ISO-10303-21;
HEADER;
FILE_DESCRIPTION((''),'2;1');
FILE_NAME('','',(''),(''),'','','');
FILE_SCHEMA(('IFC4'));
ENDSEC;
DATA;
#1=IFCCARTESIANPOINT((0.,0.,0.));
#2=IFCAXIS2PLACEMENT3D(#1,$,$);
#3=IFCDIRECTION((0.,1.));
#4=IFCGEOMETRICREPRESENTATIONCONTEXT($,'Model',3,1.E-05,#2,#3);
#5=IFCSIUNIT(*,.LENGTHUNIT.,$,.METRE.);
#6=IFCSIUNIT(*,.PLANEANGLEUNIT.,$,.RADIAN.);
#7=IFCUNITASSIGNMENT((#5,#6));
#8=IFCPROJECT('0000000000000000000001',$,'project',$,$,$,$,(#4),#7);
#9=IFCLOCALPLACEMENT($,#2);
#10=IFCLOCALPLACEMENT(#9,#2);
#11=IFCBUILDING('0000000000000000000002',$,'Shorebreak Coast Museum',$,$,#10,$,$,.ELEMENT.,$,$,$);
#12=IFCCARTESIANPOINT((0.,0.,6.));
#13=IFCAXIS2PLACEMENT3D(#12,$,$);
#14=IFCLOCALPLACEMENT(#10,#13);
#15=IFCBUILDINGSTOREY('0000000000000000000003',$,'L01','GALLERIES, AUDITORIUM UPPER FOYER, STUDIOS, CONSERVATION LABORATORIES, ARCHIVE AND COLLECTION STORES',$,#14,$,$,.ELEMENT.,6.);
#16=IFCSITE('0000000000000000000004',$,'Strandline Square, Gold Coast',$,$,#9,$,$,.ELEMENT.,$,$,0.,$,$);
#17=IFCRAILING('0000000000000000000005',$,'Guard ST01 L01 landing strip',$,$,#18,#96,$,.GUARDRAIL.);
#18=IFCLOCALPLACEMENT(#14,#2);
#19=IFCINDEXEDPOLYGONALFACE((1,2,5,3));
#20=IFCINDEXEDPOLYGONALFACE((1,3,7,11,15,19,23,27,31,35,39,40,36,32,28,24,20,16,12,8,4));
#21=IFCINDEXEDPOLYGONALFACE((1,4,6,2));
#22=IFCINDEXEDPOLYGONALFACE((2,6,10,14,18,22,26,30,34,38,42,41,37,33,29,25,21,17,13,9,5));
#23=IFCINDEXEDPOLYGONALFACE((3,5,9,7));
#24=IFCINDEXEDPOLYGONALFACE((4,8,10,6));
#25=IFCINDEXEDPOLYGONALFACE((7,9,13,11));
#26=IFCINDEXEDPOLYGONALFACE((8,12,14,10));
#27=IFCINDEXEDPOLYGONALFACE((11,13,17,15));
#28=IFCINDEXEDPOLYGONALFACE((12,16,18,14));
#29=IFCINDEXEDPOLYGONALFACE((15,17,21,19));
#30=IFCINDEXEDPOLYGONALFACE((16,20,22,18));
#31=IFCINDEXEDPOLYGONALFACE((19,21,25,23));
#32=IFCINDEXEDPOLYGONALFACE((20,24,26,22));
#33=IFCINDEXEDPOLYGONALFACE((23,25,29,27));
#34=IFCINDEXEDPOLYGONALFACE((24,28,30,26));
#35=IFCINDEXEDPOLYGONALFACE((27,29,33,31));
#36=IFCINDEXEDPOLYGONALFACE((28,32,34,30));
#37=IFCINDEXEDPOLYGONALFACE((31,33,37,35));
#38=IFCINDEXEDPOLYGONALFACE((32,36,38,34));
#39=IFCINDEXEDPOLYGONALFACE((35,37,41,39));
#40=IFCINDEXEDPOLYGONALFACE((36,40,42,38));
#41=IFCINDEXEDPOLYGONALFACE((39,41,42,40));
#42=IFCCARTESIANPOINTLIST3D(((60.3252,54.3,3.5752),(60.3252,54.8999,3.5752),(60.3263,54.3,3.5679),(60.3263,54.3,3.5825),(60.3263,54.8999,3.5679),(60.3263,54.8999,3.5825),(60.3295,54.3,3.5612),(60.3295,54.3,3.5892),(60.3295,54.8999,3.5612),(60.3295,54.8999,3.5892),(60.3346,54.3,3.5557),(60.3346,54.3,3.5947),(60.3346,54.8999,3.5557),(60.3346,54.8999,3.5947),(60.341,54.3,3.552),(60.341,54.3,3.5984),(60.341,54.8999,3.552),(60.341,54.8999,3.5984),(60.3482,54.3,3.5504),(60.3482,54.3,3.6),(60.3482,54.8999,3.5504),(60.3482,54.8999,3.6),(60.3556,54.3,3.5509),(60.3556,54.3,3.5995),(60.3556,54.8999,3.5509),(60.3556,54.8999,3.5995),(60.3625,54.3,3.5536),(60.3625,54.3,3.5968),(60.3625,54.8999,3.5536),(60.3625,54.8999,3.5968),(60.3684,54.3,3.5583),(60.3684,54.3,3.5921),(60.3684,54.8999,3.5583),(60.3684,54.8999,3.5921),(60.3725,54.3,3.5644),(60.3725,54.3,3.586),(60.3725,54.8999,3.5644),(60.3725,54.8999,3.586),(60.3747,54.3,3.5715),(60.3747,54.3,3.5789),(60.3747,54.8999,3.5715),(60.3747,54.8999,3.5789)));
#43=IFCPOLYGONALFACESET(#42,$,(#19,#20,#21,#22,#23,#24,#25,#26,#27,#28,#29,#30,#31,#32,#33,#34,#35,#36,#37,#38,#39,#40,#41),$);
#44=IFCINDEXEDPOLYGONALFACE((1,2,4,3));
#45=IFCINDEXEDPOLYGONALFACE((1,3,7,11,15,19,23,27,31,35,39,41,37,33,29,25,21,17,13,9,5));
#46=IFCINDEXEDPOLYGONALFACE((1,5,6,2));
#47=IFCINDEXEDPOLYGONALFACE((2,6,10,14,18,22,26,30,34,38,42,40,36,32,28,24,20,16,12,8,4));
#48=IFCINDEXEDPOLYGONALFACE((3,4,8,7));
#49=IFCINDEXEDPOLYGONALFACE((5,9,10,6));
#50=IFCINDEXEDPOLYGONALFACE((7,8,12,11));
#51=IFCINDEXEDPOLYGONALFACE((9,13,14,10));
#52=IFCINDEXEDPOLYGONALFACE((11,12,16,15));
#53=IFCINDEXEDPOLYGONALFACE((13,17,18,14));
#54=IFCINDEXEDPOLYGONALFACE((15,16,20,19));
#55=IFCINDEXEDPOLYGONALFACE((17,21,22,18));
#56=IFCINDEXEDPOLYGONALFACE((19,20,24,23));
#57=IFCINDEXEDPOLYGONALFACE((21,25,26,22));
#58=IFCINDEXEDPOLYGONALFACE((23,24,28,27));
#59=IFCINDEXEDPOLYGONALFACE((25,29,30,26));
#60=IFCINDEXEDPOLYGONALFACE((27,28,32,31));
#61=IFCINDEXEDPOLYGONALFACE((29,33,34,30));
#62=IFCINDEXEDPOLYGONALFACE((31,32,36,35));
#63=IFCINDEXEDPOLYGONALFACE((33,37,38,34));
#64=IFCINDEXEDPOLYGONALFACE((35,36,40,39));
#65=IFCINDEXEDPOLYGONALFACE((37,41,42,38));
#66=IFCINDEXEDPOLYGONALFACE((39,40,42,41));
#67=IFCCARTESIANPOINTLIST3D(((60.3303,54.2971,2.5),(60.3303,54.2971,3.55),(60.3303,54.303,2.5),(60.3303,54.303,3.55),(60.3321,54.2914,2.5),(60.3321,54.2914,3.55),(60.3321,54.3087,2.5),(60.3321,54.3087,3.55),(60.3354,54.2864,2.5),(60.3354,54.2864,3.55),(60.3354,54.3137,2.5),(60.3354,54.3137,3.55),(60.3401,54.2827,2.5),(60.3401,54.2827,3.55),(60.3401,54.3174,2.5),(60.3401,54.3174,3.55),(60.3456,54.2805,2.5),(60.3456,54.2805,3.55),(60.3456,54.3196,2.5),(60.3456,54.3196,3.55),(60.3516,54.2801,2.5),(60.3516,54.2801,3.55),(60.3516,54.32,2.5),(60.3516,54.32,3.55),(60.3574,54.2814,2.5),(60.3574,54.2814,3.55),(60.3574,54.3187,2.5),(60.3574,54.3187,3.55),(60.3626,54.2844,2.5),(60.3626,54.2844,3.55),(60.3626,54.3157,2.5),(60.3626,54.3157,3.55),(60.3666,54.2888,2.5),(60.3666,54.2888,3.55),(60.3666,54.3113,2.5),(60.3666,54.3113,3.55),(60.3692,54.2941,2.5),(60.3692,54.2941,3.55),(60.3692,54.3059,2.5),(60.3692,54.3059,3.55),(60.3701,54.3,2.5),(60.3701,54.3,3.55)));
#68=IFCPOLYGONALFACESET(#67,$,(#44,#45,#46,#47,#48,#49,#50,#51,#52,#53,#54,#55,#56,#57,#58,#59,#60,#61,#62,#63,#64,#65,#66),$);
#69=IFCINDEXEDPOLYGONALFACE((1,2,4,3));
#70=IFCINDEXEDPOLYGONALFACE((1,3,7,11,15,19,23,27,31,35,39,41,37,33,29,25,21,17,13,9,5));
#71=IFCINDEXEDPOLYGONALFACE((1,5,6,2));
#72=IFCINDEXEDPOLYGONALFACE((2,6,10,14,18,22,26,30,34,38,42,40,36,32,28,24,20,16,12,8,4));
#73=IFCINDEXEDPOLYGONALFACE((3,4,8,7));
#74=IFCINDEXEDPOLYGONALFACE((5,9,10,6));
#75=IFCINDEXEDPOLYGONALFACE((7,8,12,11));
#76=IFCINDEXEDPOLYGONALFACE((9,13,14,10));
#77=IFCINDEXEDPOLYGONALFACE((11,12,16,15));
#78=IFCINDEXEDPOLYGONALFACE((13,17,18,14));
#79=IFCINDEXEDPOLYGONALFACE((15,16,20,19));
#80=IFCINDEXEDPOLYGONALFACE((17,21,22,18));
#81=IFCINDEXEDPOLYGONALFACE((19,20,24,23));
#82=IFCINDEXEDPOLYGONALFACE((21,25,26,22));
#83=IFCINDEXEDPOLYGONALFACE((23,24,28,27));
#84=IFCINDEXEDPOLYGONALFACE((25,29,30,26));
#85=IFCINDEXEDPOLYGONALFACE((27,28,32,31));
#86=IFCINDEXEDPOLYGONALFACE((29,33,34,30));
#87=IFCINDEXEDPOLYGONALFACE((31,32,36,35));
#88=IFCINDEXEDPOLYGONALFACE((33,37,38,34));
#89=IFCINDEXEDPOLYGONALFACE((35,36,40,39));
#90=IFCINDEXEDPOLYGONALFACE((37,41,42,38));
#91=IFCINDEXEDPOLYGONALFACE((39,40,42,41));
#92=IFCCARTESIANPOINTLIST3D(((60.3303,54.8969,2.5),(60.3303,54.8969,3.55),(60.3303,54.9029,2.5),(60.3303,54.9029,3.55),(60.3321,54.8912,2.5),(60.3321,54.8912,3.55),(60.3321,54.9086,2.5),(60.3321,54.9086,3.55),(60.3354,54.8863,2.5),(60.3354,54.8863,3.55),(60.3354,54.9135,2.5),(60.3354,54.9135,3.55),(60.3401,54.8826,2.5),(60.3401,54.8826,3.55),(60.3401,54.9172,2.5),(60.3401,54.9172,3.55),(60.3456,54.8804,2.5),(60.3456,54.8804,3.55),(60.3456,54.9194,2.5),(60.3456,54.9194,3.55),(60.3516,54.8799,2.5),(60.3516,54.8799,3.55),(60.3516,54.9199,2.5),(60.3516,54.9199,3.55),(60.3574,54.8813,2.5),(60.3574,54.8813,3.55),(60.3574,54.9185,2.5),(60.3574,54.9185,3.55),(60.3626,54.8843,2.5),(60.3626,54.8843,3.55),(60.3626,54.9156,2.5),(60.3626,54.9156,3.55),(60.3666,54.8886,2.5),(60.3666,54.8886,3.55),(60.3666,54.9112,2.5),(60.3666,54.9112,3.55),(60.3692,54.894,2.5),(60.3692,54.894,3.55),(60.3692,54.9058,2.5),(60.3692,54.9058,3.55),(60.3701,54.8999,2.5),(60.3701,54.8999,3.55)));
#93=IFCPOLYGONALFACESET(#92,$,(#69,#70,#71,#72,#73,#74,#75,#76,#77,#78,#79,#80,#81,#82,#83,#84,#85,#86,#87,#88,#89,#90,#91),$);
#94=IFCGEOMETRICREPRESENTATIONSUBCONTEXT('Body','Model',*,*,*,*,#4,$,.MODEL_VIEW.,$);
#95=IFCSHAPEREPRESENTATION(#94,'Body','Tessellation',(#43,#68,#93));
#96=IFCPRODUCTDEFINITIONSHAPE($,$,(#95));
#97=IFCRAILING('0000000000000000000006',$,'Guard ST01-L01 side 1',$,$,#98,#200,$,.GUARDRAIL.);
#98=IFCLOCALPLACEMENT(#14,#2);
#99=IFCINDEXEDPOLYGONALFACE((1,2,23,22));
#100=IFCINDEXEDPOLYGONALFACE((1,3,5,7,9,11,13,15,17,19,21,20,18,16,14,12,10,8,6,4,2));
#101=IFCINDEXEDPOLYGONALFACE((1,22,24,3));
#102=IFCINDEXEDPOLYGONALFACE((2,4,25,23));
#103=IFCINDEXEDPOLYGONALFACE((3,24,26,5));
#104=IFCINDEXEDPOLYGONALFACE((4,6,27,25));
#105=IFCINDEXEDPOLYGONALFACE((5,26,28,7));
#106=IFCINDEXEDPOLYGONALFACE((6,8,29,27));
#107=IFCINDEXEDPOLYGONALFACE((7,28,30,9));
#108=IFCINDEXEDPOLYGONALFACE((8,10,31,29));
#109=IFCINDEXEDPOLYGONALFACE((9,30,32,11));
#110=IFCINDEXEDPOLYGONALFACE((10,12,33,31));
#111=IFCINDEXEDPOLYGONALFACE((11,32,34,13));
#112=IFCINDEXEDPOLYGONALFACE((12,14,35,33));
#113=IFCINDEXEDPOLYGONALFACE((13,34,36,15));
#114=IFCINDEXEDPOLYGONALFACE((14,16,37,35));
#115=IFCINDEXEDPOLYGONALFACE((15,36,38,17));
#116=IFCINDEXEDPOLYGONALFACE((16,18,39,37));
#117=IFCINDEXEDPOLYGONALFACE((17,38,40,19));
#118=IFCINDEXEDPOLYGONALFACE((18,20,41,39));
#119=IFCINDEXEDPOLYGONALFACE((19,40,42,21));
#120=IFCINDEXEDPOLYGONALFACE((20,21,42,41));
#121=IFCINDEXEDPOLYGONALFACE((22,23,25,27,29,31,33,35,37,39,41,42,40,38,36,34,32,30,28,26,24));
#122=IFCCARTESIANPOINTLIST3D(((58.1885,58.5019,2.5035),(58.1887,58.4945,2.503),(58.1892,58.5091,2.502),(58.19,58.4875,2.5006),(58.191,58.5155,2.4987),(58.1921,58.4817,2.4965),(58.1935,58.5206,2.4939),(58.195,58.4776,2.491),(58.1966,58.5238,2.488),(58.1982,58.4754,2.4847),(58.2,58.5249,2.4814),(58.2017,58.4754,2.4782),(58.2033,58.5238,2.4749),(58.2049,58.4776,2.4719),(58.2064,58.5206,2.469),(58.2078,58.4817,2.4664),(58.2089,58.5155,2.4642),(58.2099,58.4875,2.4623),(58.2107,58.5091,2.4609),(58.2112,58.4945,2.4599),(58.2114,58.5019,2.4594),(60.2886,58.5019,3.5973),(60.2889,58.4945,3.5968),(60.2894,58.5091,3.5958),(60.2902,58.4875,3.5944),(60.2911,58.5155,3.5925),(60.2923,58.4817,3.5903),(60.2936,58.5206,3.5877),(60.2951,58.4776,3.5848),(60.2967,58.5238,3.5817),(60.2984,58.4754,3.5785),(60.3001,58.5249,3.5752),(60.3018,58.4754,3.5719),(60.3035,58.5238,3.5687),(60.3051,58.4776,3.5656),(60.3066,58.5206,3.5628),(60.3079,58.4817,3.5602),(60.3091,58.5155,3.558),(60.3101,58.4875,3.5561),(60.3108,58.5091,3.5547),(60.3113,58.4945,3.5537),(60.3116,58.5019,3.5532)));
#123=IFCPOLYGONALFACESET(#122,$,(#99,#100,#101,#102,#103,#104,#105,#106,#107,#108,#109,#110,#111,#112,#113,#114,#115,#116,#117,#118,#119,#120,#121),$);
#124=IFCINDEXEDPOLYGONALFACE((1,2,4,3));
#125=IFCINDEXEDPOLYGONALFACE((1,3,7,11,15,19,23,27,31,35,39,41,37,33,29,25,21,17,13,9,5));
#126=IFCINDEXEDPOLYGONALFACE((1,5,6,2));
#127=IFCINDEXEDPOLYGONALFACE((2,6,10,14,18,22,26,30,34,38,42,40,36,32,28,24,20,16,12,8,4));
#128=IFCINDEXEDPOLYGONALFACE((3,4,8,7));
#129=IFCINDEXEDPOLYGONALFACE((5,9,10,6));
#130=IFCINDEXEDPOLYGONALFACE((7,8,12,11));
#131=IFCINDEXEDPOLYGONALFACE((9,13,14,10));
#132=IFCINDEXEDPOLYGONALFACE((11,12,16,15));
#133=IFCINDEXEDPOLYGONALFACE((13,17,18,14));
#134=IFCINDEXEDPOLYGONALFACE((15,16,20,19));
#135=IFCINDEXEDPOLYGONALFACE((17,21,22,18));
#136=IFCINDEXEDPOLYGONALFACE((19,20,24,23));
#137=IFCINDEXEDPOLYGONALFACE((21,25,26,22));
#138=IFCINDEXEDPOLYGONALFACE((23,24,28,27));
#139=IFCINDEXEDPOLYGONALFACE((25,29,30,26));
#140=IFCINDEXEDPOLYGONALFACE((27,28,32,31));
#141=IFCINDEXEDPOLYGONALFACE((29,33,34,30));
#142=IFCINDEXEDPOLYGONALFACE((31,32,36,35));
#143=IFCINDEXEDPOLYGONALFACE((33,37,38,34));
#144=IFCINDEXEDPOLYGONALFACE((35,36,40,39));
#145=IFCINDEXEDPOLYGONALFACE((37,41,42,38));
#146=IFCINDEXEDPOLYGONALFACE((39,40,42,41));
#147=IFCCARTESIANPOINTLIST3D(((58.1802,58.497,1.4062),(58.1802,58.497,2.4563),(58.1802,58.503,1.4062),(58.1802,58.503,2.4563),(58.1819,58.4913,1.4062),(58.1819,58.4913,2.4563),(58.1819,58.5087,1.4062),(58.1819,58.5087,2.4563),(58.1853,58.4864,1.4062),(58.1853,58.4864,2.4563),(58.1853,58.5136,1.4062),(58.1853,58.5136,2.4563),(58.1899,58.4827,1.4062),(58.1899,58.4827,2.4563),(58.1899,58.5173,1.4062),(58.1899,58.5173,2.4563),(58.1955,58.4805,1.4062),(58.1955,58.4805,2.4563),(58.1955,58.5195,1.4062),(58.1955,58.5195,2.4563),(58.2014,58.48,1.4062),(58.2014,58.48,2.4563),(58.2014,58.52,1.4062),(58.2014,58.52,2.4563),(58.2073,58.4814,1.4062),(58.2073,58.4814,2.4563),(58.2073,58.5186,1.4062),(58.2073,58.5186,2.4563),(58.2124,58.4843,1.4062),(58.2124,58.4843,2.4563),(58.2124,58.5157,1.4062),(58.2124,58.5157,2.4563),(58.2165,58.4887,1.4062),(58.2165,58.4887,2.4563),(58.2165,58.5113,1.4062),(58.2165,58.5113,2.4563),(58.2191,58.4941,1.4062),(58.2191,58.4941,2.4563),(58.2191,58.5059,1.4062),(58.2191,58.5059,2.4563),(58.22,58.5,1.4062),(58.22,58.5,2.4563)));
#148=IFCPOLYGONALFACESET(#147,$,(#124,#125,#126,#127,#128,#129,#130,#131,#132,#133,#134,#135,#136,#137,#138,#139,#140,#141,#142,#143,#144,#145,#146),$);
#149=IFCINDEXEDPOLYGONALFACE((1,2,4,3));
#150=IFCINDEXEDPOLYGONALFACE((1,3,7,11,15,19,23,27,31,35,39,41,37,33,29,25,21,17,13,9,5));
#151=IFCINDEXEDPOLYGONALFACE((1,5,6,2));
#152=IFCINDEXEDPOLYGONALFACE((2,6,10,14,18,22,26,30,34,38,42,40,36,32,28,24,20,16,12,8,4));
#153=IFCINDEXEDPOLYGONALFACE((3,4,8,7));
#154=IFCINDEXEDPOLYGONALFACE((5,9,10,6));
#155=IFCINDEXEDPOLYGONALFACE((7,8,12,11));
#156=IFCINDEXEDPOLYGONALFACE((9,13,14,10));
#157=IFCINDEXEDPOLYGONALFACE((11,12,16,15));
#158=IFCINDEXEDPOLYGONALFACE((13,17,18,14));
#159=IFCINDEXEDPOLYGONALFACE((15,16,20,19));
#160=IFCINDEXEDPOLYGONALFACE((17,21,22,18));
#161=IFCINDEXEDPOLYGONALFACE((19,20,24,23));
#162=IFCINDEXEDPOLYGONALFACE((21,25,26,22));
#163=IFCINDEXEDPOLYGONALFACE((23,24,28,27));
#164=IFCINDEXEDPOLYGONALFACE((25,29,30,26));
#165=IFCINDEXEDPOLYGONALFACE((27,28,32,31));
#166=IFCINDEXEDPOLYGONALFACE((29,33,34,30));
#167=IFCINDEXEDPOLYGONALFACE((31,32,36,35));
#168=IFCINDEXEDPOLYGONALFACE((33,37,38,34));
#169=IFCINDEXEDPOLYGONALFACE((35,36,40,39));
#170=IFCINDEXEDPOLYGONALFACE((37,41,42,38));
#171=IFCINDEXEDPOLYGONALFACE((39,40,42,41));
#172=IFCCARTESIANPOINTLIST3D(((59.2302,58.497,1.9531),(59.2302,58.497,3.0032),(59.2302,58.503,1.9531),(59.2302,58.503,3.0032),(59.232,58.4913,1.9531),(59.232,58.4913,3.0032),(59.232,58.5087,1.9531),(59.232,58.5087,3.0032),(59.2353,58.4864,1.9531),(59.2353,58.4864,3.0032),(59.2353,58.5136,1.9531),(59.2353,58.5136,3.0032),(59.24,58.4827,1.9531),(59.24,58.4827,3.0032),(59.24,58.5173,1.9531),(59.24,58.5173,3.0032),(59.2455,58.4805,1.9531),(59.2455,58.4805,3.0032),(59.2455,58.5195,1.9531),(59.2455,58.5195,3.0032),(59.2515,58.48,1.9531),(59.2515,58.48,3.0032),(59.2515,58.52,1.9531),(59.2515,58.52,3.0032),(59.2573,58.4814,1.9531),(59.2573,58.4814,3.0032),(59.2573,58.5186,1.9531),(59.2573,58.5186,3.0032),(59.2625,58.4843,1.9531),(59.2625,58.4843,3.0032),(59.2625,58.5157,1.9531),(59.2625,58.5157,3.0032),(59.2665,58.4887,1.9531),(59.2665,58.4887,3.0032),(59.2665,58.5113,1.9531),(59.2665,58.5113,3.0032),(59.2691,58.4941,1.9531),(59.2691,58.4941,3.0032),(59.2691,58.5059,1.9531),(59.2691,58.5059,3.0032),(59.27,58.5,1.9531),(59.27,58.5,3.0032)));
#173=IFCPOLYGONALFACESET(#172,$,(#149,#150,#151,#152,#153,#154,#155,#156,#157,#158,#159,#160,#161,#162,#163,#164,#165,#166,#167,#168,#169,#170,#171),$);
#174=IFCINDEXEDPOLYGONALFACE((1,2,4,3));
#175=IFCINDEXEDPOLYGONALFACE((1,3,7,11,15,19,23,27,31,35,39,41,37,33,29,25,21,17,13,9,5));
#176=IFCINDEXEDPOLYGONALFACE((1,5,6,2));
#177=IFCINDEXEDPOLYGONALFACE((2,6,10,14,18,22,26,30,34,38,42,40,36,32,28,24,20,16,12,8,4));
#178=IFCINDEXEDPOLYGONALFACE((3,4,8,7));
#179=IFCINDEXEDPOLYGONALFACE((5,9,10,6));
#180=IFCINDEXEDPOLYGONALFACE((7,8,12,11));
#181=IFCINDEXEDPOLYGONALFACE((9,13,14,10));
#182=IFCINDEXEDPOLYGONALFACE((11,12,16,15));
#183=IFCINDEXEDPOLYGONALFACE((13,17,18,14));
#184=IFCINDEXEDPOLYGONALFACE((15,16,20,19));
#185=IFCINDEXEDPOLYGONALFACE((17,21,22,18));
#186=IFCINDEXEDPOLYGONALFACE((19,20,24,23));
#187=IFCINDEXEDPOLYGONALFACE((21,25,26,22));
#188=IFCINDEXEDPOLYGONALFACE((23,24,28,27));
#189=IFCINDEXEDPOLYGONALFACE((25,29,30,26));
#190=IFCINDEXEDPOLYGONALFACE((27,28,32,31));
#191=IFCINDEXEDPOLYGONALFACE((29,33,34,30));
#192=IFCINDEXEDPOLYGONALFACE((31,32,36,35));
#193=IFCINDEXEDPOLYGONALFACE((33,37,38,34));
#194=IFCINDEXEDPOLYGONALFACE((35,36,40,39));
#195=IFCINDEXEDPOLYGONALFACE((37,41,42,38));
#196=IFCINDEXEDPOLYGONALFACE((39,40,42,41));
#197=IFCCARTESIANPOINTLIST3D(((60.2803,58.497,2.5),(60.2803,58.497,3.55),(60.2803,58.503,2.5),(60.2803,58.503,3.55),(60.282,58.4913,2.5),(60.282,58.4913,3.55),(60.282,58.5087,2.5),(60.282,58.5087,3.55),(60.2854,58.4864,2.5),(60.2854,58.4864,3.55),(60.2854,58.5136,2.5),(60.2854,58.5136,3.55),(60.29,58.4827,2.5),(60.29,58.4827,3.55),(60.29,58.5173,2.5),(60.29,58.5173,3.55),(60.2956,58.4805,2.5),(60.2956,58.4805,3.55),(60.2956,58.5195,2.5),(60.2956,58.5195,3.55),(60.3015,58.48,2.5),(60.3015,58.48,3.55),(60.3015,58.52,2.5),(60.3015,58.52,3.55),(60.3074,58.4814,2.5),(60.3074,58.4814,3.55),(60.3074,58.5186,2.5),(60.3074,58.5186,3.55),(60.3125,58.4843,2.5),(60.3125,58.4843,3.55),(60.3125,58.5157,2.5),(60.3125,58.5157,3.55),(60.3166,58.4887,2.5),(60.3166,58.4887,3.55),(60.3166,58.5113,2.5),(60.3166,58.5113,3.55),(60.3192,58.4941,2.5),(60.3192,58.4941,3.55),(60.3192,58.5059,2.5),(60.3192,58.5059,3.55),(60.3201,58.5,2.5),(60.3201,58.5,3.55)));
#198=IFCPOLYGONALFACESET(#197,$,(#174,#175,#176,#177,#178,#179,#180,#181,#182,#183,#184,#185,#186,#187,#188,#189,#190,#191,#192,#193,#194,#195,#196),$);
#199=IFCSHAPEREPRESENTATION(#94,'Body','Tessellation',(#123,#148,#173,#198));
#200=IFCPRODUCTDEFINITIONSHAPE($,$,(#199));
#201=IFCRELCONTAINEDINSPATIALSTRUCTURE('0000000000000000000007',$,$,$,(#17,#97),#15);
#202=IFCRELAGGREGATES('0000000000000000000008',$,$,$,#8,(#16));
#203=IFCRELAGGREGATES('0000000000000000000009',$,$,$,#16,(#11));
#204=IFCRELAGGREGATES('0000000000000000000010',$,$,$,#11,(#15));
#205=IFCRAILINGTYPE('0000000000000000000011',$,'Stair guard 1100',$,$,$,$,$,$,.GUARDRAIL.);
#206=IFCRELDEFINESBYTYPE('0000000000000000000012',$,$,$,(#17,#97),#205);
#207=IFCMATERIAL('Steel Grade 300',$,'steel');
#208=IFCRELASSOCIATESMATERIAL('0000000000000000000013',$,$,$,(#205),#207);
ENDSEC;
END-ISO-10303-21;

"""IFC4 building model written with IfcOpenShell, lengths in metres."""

from ifc_helpers import new_model, si_unit, direction, frame, origin, origin_2d, place, context, subcontext, project, spatial, circle, extrude, material, type_object, element, save


model = new_model("IFC4")

# Units and contexts
model_context = context("Model", 3, precision=1e-05, world=origin(), true_north=direction((0.0, 1.0)))
body_context = subcontext(model_context, "Body", "Model", "MODEL_VIEW")
ifc_project = project(units=[si_unit("LENGTHUNIT", "METRE"), si_unit("PLANEANGLEUNIT", "RADIAN")], contexts=[model_context])

# Site, building, storey
site_placement = place(None, origin())
site = spatial("IfcSite", under=ifc_project, at=site_placement, Name="Strandline Square, Gold Coast", CompositionType="ELEMENT", RefElevation=0.0)
building_placement = place(site_placement, origin())
building = spatial("IfcBuilding", under=site, at=building_placement, Name="Shorebreak Coast Museum", CompositionType="ELEMENT")
storey_placement = place(building_placement, frame((0.0, 0.0, 6.0)))
storey = spatial("IfcBuildingStorey", under=building, at=storey_placement, Name="L01", Description="GALLERIES, AUDITORIUM UPPER FOYER, STUDIOS, CONSERVATION LABORATORIES, ARCHIVE AND COLLECTION STORES", CompositionType="ELEMENT", Elevation=6.0)

# Railings
ifc_material_1 = material(Name="Steel Grade 300", Category="steel")
railing_type_1 = type_object("IfcRailingType", Name="Stair guard 1100", PredefinedType="GUARDRAIL", material=ifc_material_1)
for number, where, name in (
    (1, (60.3501, 54.3, 2.5), "Guard ST01 L01 landing strip"),
):
    element("IfcRailing", number, at=place(storey_placement, frame(where)), inside=storey, type_object=railing_type_1, Name=name, PredefinedType="GUARDRAIL", context=body_context, shape_type="SweptSolid", body=[
        extrude(circle(Radius=0.0249, at=origin_2d()), frame((0.0, 0.0, 1.0752), z_axis=(0.0, 1.0, 0.0), x_axis=(-1.0, 0.0, 0.0)), (0.0, 0.0, 1.0), 0.5999),
        extrude(circle(Radius=0.02, at=origin_2d()), origin(), (0.0, 0.0, 1.0), 1.05),
        extrude(circle(Radius=0.02, at=origin_2d()), frame((0.0, 0.5999, 0.0)), (0.0, 0.0, 1.0), 1.05),
    ])
railing_1_placement = place(storey_placement, frame((58.2, 58.5, 1.4062)))
element("IfcRailing", 2, at=railing_1_placement, inside=storey, type_object=railing_type_1, Name="Guard ST01-L01 side 1", PredefinedType="GUARDRAIL", context=body_context, shape_type="SweptSolid", body=[
    extrude(circle(Radius=0.0249, at=origin_2d()), frame((0.0, 0.0, 1.0752), z_axis=(0.886923, 0.0, 0.461918), x_axis=(0.0, 1.0, 0.0)), (0.0, 0.0, 1.0), 2.3679),
    extrude(circle(Radius=0.02, at=origin_2d()), origin(), (0.0, 0.0, 1.0), 1.05),
    extrude(circle(Radius=0.02, at=origin_2d()), frame((1.05, 0.0, 0.5469)), (0.0, 0.0, 1.0), 1.05),
    extrude(circle(Radius=0.02, at=origin_2d()), frame((2.1001, 0.0, 1.0938)), (0.0, 0.0, 1.0), 1.05),
])

save(model, "model.ifc")
